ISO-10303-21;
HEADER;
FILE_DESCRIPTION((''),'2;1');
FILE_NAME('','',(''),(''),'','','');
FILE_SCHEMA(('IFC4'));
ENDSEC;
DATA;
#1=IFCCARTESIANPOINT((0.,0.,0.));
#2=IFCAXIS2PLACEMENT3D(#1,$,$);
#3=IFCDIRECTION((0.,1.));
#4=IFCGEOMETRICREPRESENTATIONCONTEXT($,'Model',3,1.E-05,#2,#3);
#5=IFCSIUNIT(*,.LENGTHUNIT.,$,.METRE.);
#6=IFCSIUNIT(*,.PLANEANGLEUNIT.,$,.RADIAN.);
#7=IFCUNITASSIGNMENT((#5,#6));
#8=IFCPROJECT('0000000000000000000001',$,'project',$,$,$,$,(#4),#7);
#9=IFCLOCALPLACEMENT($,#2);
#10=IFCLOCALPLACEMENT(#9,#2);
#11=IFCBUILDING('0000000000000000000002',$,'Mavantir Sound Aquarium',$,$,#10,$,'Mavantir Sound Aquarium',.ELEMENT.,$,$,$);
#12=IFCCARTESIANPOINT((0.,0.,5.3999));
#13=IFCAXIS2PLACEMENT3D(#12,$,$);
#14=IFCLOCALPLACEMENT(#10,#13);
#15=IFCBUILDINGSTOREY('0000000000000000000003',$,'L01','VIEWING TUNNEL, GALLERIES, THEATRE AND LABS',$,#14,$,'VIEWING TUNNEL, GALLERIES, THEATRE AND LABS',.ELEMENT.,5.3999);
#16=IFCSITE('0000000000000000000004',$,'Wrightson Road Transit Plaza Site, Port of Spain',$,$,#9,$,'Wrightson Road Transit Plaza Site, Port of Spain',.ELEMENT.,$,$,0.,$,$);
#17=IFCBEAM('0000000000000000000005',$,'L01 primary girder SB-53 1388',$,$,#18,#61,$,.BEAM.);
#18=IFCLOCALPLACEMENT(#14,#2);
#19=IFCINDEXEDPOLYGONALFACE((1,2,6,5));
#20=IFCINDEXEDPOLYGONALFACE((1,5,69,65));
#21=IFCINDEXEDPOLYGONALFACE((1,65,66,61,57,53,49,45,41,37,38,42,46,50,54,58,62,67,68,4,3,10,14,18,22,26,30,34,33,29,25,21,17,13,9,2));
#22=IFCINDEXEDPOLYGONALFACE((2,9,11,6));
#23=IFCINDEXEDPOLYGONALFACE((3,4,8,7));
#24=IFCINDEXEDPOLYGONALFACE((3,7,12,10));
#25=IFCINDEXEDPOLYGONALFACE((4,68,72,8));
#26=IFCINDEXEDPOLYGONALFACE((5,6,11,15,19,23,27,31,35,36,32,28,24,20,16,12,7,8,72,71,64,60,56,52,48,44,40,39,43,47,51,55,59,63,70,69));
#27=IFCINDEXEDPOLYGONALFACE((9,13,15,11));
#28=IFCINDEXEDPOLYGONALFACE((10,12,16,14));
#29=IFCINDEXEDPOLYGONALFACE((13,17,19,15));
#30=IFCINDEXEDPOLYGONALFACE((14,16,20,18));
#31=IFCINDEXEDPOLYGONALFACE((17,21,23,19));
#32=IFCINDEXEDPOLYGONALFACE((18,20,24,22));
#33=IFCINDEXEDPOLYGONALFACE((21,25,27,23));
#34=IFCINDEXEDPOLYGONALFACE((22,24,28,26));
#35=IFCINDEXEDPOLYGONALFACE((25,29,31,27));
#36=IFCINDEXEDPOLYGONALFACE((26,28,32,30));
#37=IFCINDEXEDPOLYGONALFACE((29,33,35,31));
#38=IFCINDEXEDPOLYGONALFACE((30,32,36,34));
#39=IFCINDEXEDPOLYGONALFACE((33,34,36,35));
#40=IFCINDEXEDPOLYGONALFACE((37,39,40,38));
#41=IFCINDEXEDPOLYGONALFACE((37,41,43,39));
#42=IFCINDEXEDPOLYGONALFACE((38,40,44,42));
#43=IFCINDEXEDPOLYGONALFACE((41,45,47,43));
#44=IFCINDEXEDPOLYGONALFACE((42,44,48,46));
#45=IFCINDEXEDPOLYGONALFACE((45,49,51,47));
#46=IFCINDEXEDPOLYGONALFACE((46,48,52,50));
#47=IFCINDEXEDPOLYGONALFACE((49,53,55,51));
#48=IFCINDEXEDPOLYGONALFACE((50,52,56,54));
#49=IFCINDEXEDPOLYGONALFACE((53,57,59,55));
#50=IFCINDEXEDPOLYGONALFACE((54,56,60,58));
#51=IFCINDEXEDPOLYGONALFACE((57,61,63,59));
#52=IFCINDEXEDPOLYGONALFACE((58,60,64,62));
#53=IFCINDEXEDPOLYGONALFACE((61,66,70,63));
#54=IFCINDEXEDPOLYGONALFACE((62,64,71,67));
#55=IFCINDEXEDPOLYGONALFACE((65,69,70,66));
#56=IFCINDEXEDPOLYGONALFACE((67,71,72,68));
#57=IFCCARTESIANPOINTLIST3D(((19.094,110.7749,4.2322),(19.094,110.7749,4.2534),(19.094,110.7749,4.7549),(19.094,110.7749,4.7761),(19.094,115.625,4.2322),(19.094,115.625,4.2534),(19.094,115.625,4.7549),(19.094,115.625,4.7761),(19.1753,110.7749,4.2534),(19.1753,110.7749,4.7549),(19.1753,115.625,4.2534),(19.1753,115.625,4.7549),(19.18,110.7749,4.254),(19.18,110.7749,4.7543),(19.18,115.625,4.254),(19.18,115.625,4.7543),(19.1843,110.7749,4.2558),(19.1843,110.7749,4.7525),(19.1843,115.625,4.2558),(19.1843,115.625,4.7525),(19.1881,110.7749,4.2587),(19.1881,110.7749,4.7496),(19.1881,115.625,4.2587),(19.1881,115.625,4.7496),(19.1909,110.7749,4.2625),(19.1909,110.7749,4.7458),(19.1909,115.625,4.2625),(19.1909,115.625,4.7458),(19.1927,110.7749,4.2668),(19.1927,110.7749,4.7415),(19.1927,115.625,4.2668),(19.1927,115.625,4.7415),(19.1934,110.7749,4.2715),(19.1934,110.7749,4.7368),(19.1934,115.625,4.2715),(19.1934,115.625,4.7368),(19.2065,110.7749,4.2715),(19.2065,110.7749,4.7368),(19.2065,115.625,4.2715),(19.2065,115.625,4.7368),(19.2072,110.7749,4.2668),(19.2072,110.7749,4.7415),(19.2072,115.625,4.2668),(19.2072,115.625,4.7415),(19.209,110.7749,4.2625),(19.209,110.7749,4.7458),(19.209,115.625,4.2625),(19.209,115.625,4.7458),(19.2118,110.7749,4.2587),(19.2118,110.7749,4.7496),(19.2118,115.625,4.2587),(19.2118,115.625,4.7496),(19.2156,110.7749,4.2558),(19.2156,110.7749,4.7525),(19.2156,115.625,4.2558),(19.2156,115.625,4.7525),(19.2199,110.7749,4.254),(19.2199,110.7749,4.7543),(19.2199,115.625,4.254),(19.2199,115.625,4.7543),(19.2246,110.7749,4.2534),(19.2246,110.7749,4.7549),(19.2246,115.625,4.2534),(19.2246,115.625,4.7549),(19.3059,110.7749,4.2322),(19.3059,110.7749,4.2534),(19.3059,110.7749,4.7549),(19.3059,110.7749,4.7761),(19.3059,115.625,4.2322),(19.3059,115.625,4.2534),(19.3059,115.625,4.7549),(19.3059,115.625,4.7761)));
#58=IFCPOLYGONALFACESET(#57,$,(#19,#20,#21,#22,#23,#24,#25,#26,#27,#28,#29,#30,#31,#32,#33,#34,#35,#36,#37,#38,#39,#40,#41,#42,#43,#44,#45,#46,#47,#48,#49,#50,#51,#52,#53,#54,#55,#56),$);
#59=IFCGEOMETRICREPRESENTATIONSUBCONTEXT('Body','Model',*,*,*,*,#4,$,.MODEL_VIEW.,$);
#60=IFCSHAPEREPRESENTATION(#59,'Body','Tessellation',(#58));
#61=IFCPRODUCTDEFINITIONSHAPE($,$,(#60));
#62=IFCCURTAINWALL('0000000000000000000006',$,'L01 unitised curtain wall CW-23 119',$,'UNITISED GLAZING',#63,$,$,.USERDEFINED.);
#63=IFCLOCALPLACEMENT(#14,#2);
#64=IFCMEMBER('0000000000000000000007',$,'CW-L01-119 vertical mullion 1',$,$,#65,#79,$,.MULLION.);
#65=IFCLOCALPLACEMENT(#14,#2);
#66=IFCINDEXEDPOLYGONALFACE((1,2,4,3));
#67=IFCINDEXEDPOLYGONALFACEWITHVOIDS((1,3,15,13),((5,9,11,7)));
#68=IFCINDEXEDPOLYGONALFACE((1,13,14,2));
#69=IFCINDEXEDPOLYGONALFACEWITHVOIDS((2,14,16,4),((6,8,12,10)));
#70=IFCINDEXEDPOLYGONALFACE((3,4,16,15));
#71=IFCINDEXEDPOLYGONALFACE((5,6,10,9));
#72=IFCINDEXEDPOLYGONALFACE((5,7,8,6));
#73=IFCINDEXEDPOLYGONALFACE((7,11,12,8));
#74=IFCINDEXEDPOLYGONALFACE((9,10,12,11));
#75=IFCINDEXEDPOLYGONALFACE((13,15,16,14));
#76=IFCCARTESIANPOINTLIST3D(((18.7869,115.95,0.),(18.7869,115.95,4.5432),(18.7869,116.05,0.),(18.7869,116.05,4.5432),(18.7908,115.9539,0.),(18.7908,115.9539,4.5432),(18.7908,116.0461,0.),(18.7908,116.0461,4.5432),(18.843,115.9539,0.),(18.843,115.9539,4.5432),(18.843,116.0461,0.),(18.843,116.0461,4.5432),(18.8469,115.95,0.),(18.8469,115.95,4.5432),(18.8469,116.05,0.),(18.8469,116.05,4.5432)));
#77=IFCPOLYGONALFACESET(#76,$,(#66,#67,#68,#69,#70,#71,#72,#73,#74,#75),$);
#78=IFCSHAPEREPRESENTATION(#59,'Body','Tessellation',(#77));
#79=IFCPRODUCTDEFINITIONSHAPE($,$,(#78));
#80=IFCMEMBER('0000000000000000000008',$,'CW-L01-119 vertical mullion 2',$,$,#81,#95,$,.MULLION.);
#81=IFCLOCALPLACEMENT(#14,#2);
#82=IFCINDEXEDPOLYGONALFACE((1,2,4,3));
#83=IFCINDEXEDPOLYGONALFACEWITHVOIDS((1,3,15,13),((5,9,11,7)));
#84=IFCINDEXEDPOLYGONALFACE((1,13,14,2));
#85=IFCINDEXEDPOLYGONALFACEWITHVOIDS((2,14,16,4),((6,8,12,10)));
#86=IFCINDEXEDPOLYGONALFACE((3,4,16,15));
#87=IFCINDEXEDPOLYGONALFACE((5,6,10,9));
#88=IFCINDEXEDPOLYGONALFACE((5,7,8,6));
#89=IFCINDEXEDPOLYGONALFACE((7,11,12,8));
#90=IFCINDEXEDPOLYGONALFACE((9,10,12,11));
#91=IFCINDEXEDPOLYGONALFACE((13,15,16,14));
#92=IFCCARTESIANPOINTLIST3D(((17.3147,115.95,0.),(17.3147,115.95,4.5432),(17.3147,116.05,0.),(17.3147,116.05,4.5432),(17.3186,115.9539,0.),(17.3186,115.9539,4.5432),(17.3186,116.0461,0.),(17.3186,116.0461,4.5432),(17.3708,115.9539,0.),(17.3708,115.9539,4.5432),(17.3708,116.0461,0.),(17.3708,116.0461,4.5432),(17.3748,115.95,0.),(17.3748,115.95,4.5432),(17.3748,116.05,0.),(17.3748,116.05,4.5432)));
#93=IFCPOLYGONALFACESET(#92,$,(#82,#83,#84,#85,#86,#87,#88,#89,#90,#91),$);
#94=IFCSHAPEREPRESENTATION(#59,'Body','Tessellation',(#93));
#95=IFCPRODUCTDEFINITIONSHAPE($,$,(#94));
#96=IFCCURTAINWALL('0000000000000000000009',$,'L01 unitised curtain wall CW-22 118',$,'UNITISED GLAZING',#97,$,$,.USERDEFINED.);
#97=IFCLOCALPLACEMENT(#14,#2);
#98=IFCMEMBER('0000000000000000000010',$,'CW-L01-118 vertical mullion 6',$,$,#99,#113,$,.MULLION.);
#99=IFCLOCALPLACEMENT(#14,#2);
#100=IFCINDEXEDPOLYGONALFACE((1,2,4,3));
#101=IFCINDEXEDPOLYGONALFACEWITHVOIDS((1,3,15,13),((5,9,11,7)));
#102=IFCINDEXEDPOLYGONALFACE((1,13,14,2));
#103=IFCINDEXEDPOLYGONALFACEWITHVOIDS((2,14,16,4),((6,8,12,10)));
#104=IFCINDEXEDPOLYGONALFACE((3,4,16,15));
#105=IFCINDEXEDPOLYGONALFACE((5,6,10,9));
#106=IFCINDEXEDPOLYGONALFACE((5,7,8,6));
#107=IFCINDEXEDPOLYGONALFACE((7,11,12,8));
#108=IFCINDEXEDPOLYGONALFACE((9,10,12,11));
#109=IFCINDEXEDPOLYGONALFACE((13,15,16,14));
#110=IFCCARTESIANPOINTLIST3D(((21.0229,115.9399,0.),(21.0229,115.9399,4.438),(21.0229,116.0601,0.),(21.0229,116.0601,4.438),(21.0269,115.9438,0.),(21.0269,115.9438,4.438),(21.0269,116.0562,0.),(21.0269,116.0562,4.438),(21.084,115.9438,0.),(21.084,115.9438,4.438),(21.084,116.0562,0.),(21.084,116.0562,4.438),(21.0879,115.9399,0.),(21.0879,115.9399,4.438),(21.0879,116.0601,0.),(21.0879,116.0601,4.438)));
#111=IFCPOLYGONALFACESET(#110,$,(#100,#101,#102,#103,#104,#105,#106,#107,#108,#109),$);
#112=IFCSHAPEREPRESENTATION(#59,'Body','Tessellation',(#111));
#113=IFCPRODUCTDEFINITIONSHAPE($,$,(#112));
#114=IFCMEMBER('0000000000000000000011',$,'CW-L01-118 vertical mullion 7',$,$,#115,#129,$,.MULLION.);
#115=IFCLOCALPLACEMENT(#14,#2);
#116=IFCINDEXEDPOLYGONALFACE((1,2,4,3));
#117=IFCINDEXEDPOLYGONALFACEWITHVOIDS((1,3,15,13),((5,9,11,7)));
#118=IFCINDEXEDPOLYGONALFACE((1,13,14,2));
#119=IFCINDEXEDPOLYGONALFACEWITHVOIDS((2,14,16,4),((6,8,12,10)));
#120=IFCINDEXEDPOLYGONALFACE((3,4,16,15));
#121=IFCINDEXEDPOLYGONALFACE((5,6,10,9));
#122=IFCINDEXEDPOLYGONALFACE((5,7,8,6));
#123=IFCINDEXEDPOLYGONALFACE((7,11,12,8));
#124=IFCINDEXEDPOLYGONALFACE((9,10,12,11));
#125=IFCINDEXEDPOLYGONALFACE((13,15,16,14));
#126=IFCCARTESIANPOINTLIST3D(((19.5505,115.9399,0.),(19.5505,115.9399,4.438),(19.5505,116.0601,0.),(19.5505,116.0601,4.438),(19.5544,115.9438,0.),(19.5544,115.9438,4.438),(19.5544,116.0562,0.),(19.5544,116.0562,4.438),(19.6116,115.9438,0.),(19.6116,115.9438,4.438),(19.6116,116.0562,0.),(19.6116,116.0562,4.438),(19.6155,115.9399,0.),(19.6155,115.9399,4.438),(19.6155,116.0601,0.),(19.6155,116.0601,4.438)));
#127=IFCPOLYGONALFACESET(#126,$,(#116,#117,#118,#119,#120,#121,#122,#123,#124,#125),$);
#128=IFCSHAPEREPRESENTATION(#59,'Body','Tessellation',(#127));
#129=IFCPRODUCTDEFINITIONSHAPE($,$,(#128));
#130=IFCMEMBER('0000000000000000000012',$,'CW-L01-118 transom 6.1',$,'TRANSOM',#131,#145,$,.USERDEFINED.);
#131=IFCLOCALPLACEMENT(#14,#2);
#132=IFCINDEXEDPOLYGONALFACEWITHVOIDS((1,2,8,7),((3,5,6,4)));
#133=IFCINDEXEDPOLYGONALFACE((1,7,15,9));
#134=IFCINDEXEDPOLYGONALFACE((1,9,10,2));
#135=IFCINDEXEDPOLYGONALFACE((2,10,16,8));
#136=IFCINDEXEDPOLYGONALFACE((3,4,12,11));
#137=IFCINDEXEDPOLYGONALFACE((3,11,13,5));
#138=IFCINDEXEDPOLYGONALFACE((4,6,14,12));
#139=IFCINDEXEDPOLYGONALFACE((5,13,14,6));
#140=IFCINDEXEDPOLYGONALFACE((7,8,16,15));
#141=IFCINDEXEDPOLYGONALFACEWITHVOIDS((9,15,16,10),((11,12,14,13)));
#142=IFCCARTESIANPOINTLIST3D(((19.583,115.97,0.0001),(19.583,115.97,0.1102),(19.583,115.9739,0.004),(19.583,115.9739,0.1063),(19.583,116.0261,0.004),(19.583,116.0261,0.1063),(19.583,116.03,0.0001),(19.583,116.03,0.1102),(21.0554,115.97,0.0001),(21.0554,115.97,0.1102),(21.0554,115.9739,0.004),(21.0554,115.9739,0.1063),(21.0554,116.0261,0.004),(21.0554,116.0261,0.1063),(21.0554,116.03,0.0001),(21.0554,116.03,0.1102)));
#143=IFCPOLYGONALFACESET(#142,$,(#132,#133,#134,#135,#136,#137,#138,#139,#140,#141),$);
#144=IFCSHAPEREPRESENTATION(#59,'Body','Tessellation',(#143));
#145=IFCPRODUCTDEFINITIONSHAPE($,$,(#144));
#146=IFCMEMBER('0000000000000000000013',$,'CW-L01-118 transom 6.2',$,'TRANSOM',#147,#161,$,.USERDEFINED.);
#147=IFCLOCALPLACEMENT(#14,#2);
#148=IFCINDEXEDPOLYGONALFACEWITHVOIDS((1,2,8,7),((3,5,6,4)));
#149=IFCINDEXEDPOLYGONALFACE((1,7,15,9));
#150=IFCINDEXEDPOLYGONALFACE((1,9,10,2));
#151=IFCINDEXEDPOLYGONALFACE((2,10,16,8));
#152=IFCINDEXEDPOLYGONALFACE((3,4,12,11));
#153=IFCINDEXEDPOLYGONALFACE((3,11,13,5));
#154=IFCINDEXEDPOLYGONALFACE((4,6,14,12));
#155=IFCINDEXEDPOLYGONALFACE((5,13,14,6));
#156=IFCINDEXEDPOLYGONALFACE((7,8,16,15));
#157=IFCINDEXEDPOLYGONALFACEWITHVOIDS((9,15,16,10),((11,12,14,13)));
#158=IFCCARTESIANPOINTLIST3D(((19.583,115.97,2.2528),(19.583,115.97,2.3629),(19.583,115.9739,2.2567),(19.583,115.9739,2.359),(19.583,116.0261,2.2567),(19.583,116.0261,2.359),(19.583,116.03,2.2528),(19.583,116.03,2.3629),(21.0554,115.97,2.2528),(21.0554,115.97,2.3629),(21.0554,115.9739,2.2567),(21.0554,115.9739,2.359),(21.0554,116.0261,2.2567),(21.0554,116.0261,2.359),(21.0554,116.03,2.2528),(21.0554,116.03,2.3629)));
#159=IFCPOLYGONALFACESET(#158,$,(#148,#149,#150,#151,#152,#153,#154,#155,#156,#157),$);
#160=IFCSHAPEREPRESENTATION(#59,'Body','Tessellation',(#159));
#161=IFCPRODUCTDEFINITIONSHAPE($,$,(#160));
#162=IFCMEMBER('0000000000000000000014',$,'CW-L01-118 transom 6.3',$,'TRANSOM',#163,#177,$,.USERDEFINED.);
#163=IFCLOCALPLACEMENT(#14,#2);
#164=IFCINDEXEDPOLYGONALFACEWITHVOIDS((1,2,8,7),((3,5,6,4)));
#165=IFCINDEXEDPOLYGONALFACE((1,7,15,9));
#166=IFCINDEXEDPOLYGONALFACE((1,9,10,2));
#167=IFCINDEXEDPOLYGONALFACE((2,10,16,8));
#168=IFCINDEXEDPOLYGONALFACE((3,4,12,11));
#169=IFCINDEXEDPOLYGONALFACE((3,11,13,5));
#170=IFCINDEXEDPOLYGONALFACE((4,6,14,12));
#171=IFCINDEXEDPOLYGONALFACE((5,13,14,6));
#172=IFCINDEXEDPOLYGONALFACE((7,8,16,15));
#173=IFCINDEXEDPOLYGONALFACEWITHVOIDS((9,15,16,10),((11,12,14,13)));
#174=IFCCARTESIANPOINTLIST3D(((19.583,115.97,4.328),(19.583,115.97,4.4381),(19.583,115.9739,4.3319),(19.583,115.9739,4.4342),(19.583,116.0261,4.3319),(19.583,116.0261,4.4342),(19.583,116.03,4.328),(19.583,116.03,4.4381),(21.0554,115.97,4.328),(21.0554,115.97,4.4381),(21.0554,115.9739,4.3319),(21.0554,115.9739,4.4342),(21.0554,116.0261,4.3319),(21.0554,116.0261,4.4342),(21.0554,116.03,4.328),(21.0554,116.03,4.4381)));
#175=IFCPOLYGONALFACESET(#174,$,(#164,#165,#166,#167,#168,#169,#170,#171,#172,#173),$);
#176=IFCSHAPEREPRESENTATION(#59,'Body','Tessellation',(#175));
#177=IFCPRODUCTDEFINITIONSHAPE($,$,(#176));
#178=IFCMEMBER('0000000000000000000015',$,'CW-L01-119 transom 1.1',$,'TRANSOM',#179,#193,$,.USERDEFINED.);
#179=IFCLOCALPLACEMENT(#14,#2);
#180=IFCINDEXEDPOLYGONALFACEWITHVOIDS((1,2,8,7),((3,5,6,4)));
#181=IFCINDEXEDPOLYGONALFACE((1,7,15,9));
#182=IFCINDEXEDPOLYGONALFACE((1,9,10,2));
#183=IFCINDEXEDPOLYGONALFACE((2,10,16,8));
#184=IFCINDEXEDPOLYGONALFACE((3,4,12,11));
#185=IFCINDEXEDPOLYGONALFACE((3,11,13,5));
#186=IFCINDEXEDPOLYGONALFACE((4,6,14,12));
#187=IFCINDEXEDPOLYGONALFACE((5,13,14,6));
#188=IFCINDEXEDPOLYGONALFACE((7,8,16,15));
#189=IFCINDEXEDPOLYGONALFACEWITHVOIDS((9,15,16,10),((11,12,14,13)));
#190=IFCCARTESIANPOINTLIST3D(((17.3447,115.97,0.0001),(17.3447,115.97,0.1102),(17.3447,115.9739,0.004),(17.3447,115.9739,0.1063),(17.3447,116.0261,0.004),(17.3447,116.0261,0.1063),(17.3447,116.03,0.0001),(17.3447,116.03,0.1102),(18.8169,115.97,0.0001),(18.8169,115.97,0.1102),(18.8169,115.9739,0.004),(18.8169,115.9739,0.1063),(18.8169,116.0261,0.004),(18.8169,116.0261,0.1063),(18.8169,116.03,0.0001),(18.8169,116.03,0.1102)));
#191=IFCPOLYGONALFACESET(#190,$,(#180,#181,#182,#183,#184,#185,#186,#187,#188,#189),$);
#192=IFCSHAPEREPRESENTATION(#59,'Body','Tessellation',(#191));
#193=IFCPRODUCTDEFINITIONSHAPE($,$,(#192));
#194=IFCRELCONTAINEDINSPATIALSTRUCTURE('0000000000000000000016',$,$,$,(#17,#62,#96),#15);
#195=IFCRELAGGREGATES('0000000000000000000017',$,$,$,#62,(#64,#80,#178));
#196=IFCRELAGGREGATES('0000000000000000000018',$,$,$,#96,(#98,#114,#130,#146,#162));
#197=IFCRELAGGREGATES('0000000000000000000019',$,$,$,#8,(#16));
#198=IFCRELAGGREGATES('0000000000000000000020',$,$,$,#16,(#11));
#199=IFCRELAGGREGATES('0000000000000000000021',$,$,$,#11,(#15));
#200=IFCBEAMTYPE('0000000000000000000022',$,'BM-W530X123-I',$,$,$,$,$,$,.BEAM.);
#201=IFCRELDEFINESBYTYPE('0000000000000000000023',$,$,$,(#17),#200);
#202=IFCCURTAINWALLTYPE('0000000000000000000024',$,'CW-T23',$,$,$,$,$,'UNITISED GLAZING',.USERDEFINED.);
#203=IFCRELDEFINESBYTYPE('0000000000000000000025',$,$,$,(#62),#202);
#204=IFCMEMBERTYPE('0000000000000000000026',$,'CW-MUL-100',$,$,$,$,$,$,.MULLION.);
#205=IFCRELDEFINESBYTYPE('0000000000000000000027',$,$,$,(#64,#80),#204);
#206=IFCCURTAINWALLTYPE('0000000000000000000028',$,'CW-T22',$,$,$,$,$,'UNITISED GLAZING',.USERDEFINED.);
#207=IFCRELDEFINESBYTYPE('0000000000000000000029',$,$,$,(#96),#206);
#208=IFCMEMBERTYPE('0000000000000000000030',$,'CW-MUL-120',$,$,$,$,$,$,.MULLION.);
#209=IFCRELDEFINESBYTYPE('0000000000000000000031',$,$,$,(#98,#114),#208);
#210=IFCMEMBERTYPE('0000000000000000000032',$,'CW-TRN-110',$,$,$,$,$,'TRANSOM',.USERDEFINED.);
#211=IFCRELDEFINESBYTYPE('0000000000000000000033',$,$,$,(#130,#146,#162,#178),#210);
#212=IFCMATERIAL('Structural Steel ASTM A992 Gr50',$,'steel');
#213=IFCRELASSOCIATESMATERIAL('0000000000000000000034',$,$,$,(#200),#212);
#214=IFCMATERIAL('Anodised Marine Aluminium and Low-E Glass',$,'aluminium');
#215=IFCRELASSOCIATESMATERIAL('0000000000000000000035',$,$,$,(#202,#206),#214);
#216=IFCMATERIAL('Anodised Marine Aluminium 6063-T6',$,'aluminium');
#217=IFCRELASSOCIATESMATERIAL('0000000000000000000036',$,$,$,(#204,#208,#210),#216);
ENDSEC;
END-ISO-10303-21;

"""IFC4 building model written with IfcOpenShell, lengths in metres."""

from ifc_helpers import new_model, si_unit, direction, frame, origin, origin_2d, place, context, subcontext, project, spatial, hollow_rectangle, i_section, extrude, material, material_profile, profile_set, type_object, element, aggregate, save


model = new_model("IFC4")

# Units and contexts
model_context = context("Model", 3, precision=1e-05, world=origin(), true_north=direction((0.0, 1.0)))
body_context = subcontext(model_context, "Body", "Model", "MODEL_VIEW")
ifc_project = project(units=[si_unit("LENGTHUNIT", "METRE"), si_unit("PLANEANGLEUNIT", "RADIAN")], contexts=[model_context])

# Site, building, storey
site_placement = place(None, origin())
site = spatial("IfcSite", under=ifc_project, at=site_placement, Name="Wrightson Road Transit Plaza Site, Port of Spain", LongName="Wrightson Road Transit Plaza Site, Port of Spain", CompositionType="ELEMENT", RefElevation=0.0)
building_placement = place(site_placement, origin())
building = spatial("IfcBuilding", under=site, at=building_placement, Name="Mavantir Sound Aquarium", LongName="Mavantir Sound Aquarium", CompositionType="ELEMENT")
storey_placement = place(building_placement, frame((0.0, 0.0, 5.3999)))
storey = spatial("IfcBuildingStorey", under=building, at=storey_placement, Name="L01", Description="VIEWING TUNNEL, GALLERIES, THEATRE AND LABS", LongName="VIEWING TUNNEL, GALLERIES, THEATRE AND LABS", CompositionType="ELEMENT", Elevation=5.3999)

# Beam
ifc_material_1 = material(Name="Structural Steel ASTM A992 Gr50", Category="steel")
ifc_material_profile_1 = material_profile(ifc_material_1, i_section(OverallWidth=0.2119, OverallDepth=0.5439, WebThickness=0.0132, FlangeThickness=0.0212, FilletRadius=0.0181, at=origin_2d()), Name="W530X123")
ifc_profile_set_1 = profile_set([ifc_material_profile_1], Name="Structural Steel ASTM A992 Gr50")
beam_type_1 = type_object("IfcBeamType", Name="BM-W530X123-I", PredefinedType="BEAM", material=ifc_profile_set_1)
beam_1_placement = place(storey_placement, frame((19.2, 110.7749, 4.5042), z_axis=(0.0, 1.0, 0.0), x_axis=(-1.0, 0.0, 0.0)))
element("IfcBeam", 1, at=beam_1_placement, inside=storey, type_object=beam_type_1, Name="L01 primary girder SB-53 1388", PredefinedType="BEAM", context=body_context, shape_type="SweptSolid", body=[
    extrude(i_section(OverallWidth=0.2119, OverallDepth=0.5439, WebThickness=0.0132, FlangeThickness=0.0212, FilletRadius=0.0181, at=origin_2d()), origin(), (0.0, 0.0, 1.0), 4.8501),
])

# Curtain walls, members
ifc_material_2 = material(Name="Anodised Marine Aluminium and Low-E Glass", Category="aluminium")
curtain_wall_type_1 = type_object("IfcCurtainWallType", Name="CW-T23", ElementType="UNITISED GLAZING", PredefinedType="USERDEFINED", material=ifc_material_2)
curtain_wall_1_placement = place(storey_placement, origin())
curtain_wall_1 = element("IfcCurtainWall", 2, at=curtain_wall_1_placement, inside=storey, type_object=curtain_wall_type_1, Name="L01 unitised curtain wall CW-23 119", ObjectType="UNITISED GLAZING", PredefinedType="USERDEFINED")
ifc_material_3 = material(Name="Anodised Marine Aluminium 6063-T6", Category="aluminium")
ifc_material_profile_2 = material_profile(ifc_material_3, hollow_rectangle(XDim=0.0601, YDim=0.1001, WallThickness=0.0039, at=origin_2d()), Name="ALU-MULLION-100X60")
ifc_profile_set_2 = profile_set([ifc_material_profile_2], Name="Anodised Marine Aluminium 6063-T6")
member_type_1 = type_object("IfcMemberType", Name="CW-MUL-100", PredefinedType="MULLION", material=ifc_profile_set_2)
member_1_placement = place(storey_placement, frame((18.8169, 116.0, 0.0), z_axis=(0.0, 0.0, 1.0), x_axis=(1.0, 0.0, 0.0)))
member_1 = element("IfcMember", 3, at=member_1_placement, type_object=member_type_1, Name="CW-L01-119 vertical mullion 1", PredefinedType="MULLION", context=body_context, shape_type="SweptSolid", body=[
    extrude(hollow_rectangle(XDim=0.0601, YDim=0.1001, WallThickness=0.0039, at=origin_2d()), origin(), (0.0, 0.0, 1.0), 4.5432),
])
member_2_placement = place(storey_placement, frame((17.3447, 116.0, 0.0), z_axis=(0.0, 0.0, 1.0), x_axis=(1.0, 0.0, 0.0)))
member_2 = element("IfcMember", 4, at=member_2_placement, type_object=member_type_1, Name="CW-L01-119 vertical mullion 2", PredefinedType="MULLION", context=body_context, shape_type="SweptSolid", body=[
    extrude(hollow_rectangle(XDim=0.0601, YDim=0.1001, WallThickness=0.0039, at=origin_2d()), origin(), (0.0, 0.0, 1.0), 4.5432),
])
curtain_wall_type_2 = type_object("IfcCurtainWallType", Name="CW-T22", ElementType="UNITISED GLAZING", PredefinedType="USERDEFINED", material=ifc_material_2)
curtain_wall_2_placement = place(storey_placement, origin())
curtain_wall_2 = element("IfcCurtainWall", 5, at=curtain_wall_2_placement, inside=storey, type_object=curtain_wall_type_2, Name="L01 unitised curtain wall CW-22 118", ObjectType="UNITISED GLAZING", PredefinedType="USERDEFINED")
ifc_material_profile_3 = material_profile(ifc_material_3, hollow_rectangle(XDim=0.0649, YDim=0.1201, WallThickness=0.0039, at=origin_2d()), Name="ALU-MULLION-120X65")
ifc_profile_set_3 = profile_set([ifc_material_profile_3], Name="Anodised Marine Aluminium 6063-T6")
member_type_2 = type_object("IfcMemberType", Name="CW-MUL-120", PredefinedType="MULLION", material=ifc_profile_set_3)
member_3_placement = place(storey_placement, frame((21.0554, 116.0, 0.0), z_axis=(0.0, 0.0, 1.0), x_axis=(1.0, 0.0, 0.0)))
member_3 = element("IfcMember", 6, at=member_3_placement, type_object=member_type_2, Name="CW-L01-118 vertical mullion 6", PredefinedType="MULLION", context=body_context, shape_type="SweptSolid", body=[
    extrude(hollow_rectangle(XDim=0.0649, YDim=0.1201, WallThickness=0.0039, at=origin_2d()), origin(), (0.0, 0.0, 1.0), 4.438),
])
member_4_placement = place(storey_placement, frame((19.583, 116.0, 0.0), z_axis=(0.0, 0.0, 1.0), x_axis=(1.0, 0.0, 0.0)))
member_4 = element("IfcMember", 7, at=member_4_placement, type_object=member_type_2, Name="CW-L01-118 vertical mullion 7", PredefinedType="MULLION", context=body_context, shape_type="SweptSolid", body=[
    extrude(hollow_rectangle(XDim=0.0649, YDim=0.1201, WallThickness=0.0039, at=origin_2d()), origin(), (0.0, 0.0, 1.0), 4.438),
])
ifc_material_profile_4 = material_profile(ifc_material_3, hollow_rectangle(XDim=0.0601, YDim=0.1101, WallThickness=0.0039, at=origin_2d()), Name="ALU-TRANSOM-110X60")
ifc_profile_set_4 = profile_set([ifc_material_profile_4], Name="Anodised Marine Aluminium 6063-T6")
member_type_3 = type_object("IfcMemberType", Name="CW-TRN-110", ElementType="TRANSOM", PredefinedType="USERDEFINED", material=ifc_profile_set_4)
member_5_placement = place(storey_placement, frame((21.0554, 116.0, 0.0552), z_axis=(-1.0, 0.0, 0.0), x_axis=(0.0, -1.0, 0.0)))
member_5 = element("IfcMember", 8, at=member_5_placement, type_object=member_type_3, Name="CW-L01-118 transom 6.1", ObjectType="TRANSOM", PredefinedType="USERDEFINED", context=body_context, shape_type="SweptSolid", body=[
    extrude(hollow_rectangle(XDim=0.0601, YDim=0.1101, WallThickness=0.0039, at=origin_2d()), origin(), (0.0, 0.0, 1.0), 1.4724),
])
member_6_placement = place(storey_placement, frame((21.0554, 116.0, 2.3079), z_axis=(-1.0, 0.0, 0.0), x_axis=(0.0, -1.0, 0.0)))
member_6 = element("IfcMember", 9, at=member_6_placement, type_object=member_type_3, Name="CW-L01-118 transom 6.2", ObjectType="TRANSOM", PredefinedType="USERDEFINED", context=body_context, shape_type="SweptSolid", body=[
    extrude(hollow_rectangle(XDim=0.0601, YDim=0.1101, WallThickness=0.0039, at=origin_2d()), origin(), (0.0, 0.0, 1.0), 1.4724),
])
member_7_placement = place(storey_placement, frame((21.0554, 116.0, 4.3831), z_axis=(-1.0, 0.0, 0.0), x_axis=(0.0, -1.0, 0.0)))
member_7 = element("IfcMember", 10, at=member_7_placement, type_object=member_type_3, Name="CW-L01-118 transom 6.3", ObjectType="TRANSOM", PredefinedType="USERDEFINED", context=body_context, shape_type="SweptSolid", body=[
    extrude(hollow_rectangle(XDim=0.0601, YDim=0.1101, WallThickness=0.0039, at=origin_2d()), origin(), (0.0, 0.0, 1.0), 1.4724),
])

# Member
member_8_placement = place(storey_placement, frame((18.8169, 116.0, 0.0552), z_axis=(-1.0, 0.0, 0.0), x_axis=(0.0, -1.0, 0.0)))
member_8 = element("IfcMember", 11, at=member_8_placement, type_object=member_type_3, Name="CW-L01-119 transom 1.1", ObjectType="TRANSOM", PredefinedType="USERDEFINED", context=body_context, shape_type="SweptSolid", body=[
    extrude(hollow_rectangle(XDim=0.0601, YDim=0.1101, WallThickness=0.0039, at=origin_2d()), origin(), (0.0, 0.0, 1.0), 1.4722),
])

aggregate(curtain_wall_1, [member_1, member_2, member_8])
aggregate(curtain_wall_2, [member_3, member_4, member_5, member_6, member_7])

save(model, "model.ifc")
